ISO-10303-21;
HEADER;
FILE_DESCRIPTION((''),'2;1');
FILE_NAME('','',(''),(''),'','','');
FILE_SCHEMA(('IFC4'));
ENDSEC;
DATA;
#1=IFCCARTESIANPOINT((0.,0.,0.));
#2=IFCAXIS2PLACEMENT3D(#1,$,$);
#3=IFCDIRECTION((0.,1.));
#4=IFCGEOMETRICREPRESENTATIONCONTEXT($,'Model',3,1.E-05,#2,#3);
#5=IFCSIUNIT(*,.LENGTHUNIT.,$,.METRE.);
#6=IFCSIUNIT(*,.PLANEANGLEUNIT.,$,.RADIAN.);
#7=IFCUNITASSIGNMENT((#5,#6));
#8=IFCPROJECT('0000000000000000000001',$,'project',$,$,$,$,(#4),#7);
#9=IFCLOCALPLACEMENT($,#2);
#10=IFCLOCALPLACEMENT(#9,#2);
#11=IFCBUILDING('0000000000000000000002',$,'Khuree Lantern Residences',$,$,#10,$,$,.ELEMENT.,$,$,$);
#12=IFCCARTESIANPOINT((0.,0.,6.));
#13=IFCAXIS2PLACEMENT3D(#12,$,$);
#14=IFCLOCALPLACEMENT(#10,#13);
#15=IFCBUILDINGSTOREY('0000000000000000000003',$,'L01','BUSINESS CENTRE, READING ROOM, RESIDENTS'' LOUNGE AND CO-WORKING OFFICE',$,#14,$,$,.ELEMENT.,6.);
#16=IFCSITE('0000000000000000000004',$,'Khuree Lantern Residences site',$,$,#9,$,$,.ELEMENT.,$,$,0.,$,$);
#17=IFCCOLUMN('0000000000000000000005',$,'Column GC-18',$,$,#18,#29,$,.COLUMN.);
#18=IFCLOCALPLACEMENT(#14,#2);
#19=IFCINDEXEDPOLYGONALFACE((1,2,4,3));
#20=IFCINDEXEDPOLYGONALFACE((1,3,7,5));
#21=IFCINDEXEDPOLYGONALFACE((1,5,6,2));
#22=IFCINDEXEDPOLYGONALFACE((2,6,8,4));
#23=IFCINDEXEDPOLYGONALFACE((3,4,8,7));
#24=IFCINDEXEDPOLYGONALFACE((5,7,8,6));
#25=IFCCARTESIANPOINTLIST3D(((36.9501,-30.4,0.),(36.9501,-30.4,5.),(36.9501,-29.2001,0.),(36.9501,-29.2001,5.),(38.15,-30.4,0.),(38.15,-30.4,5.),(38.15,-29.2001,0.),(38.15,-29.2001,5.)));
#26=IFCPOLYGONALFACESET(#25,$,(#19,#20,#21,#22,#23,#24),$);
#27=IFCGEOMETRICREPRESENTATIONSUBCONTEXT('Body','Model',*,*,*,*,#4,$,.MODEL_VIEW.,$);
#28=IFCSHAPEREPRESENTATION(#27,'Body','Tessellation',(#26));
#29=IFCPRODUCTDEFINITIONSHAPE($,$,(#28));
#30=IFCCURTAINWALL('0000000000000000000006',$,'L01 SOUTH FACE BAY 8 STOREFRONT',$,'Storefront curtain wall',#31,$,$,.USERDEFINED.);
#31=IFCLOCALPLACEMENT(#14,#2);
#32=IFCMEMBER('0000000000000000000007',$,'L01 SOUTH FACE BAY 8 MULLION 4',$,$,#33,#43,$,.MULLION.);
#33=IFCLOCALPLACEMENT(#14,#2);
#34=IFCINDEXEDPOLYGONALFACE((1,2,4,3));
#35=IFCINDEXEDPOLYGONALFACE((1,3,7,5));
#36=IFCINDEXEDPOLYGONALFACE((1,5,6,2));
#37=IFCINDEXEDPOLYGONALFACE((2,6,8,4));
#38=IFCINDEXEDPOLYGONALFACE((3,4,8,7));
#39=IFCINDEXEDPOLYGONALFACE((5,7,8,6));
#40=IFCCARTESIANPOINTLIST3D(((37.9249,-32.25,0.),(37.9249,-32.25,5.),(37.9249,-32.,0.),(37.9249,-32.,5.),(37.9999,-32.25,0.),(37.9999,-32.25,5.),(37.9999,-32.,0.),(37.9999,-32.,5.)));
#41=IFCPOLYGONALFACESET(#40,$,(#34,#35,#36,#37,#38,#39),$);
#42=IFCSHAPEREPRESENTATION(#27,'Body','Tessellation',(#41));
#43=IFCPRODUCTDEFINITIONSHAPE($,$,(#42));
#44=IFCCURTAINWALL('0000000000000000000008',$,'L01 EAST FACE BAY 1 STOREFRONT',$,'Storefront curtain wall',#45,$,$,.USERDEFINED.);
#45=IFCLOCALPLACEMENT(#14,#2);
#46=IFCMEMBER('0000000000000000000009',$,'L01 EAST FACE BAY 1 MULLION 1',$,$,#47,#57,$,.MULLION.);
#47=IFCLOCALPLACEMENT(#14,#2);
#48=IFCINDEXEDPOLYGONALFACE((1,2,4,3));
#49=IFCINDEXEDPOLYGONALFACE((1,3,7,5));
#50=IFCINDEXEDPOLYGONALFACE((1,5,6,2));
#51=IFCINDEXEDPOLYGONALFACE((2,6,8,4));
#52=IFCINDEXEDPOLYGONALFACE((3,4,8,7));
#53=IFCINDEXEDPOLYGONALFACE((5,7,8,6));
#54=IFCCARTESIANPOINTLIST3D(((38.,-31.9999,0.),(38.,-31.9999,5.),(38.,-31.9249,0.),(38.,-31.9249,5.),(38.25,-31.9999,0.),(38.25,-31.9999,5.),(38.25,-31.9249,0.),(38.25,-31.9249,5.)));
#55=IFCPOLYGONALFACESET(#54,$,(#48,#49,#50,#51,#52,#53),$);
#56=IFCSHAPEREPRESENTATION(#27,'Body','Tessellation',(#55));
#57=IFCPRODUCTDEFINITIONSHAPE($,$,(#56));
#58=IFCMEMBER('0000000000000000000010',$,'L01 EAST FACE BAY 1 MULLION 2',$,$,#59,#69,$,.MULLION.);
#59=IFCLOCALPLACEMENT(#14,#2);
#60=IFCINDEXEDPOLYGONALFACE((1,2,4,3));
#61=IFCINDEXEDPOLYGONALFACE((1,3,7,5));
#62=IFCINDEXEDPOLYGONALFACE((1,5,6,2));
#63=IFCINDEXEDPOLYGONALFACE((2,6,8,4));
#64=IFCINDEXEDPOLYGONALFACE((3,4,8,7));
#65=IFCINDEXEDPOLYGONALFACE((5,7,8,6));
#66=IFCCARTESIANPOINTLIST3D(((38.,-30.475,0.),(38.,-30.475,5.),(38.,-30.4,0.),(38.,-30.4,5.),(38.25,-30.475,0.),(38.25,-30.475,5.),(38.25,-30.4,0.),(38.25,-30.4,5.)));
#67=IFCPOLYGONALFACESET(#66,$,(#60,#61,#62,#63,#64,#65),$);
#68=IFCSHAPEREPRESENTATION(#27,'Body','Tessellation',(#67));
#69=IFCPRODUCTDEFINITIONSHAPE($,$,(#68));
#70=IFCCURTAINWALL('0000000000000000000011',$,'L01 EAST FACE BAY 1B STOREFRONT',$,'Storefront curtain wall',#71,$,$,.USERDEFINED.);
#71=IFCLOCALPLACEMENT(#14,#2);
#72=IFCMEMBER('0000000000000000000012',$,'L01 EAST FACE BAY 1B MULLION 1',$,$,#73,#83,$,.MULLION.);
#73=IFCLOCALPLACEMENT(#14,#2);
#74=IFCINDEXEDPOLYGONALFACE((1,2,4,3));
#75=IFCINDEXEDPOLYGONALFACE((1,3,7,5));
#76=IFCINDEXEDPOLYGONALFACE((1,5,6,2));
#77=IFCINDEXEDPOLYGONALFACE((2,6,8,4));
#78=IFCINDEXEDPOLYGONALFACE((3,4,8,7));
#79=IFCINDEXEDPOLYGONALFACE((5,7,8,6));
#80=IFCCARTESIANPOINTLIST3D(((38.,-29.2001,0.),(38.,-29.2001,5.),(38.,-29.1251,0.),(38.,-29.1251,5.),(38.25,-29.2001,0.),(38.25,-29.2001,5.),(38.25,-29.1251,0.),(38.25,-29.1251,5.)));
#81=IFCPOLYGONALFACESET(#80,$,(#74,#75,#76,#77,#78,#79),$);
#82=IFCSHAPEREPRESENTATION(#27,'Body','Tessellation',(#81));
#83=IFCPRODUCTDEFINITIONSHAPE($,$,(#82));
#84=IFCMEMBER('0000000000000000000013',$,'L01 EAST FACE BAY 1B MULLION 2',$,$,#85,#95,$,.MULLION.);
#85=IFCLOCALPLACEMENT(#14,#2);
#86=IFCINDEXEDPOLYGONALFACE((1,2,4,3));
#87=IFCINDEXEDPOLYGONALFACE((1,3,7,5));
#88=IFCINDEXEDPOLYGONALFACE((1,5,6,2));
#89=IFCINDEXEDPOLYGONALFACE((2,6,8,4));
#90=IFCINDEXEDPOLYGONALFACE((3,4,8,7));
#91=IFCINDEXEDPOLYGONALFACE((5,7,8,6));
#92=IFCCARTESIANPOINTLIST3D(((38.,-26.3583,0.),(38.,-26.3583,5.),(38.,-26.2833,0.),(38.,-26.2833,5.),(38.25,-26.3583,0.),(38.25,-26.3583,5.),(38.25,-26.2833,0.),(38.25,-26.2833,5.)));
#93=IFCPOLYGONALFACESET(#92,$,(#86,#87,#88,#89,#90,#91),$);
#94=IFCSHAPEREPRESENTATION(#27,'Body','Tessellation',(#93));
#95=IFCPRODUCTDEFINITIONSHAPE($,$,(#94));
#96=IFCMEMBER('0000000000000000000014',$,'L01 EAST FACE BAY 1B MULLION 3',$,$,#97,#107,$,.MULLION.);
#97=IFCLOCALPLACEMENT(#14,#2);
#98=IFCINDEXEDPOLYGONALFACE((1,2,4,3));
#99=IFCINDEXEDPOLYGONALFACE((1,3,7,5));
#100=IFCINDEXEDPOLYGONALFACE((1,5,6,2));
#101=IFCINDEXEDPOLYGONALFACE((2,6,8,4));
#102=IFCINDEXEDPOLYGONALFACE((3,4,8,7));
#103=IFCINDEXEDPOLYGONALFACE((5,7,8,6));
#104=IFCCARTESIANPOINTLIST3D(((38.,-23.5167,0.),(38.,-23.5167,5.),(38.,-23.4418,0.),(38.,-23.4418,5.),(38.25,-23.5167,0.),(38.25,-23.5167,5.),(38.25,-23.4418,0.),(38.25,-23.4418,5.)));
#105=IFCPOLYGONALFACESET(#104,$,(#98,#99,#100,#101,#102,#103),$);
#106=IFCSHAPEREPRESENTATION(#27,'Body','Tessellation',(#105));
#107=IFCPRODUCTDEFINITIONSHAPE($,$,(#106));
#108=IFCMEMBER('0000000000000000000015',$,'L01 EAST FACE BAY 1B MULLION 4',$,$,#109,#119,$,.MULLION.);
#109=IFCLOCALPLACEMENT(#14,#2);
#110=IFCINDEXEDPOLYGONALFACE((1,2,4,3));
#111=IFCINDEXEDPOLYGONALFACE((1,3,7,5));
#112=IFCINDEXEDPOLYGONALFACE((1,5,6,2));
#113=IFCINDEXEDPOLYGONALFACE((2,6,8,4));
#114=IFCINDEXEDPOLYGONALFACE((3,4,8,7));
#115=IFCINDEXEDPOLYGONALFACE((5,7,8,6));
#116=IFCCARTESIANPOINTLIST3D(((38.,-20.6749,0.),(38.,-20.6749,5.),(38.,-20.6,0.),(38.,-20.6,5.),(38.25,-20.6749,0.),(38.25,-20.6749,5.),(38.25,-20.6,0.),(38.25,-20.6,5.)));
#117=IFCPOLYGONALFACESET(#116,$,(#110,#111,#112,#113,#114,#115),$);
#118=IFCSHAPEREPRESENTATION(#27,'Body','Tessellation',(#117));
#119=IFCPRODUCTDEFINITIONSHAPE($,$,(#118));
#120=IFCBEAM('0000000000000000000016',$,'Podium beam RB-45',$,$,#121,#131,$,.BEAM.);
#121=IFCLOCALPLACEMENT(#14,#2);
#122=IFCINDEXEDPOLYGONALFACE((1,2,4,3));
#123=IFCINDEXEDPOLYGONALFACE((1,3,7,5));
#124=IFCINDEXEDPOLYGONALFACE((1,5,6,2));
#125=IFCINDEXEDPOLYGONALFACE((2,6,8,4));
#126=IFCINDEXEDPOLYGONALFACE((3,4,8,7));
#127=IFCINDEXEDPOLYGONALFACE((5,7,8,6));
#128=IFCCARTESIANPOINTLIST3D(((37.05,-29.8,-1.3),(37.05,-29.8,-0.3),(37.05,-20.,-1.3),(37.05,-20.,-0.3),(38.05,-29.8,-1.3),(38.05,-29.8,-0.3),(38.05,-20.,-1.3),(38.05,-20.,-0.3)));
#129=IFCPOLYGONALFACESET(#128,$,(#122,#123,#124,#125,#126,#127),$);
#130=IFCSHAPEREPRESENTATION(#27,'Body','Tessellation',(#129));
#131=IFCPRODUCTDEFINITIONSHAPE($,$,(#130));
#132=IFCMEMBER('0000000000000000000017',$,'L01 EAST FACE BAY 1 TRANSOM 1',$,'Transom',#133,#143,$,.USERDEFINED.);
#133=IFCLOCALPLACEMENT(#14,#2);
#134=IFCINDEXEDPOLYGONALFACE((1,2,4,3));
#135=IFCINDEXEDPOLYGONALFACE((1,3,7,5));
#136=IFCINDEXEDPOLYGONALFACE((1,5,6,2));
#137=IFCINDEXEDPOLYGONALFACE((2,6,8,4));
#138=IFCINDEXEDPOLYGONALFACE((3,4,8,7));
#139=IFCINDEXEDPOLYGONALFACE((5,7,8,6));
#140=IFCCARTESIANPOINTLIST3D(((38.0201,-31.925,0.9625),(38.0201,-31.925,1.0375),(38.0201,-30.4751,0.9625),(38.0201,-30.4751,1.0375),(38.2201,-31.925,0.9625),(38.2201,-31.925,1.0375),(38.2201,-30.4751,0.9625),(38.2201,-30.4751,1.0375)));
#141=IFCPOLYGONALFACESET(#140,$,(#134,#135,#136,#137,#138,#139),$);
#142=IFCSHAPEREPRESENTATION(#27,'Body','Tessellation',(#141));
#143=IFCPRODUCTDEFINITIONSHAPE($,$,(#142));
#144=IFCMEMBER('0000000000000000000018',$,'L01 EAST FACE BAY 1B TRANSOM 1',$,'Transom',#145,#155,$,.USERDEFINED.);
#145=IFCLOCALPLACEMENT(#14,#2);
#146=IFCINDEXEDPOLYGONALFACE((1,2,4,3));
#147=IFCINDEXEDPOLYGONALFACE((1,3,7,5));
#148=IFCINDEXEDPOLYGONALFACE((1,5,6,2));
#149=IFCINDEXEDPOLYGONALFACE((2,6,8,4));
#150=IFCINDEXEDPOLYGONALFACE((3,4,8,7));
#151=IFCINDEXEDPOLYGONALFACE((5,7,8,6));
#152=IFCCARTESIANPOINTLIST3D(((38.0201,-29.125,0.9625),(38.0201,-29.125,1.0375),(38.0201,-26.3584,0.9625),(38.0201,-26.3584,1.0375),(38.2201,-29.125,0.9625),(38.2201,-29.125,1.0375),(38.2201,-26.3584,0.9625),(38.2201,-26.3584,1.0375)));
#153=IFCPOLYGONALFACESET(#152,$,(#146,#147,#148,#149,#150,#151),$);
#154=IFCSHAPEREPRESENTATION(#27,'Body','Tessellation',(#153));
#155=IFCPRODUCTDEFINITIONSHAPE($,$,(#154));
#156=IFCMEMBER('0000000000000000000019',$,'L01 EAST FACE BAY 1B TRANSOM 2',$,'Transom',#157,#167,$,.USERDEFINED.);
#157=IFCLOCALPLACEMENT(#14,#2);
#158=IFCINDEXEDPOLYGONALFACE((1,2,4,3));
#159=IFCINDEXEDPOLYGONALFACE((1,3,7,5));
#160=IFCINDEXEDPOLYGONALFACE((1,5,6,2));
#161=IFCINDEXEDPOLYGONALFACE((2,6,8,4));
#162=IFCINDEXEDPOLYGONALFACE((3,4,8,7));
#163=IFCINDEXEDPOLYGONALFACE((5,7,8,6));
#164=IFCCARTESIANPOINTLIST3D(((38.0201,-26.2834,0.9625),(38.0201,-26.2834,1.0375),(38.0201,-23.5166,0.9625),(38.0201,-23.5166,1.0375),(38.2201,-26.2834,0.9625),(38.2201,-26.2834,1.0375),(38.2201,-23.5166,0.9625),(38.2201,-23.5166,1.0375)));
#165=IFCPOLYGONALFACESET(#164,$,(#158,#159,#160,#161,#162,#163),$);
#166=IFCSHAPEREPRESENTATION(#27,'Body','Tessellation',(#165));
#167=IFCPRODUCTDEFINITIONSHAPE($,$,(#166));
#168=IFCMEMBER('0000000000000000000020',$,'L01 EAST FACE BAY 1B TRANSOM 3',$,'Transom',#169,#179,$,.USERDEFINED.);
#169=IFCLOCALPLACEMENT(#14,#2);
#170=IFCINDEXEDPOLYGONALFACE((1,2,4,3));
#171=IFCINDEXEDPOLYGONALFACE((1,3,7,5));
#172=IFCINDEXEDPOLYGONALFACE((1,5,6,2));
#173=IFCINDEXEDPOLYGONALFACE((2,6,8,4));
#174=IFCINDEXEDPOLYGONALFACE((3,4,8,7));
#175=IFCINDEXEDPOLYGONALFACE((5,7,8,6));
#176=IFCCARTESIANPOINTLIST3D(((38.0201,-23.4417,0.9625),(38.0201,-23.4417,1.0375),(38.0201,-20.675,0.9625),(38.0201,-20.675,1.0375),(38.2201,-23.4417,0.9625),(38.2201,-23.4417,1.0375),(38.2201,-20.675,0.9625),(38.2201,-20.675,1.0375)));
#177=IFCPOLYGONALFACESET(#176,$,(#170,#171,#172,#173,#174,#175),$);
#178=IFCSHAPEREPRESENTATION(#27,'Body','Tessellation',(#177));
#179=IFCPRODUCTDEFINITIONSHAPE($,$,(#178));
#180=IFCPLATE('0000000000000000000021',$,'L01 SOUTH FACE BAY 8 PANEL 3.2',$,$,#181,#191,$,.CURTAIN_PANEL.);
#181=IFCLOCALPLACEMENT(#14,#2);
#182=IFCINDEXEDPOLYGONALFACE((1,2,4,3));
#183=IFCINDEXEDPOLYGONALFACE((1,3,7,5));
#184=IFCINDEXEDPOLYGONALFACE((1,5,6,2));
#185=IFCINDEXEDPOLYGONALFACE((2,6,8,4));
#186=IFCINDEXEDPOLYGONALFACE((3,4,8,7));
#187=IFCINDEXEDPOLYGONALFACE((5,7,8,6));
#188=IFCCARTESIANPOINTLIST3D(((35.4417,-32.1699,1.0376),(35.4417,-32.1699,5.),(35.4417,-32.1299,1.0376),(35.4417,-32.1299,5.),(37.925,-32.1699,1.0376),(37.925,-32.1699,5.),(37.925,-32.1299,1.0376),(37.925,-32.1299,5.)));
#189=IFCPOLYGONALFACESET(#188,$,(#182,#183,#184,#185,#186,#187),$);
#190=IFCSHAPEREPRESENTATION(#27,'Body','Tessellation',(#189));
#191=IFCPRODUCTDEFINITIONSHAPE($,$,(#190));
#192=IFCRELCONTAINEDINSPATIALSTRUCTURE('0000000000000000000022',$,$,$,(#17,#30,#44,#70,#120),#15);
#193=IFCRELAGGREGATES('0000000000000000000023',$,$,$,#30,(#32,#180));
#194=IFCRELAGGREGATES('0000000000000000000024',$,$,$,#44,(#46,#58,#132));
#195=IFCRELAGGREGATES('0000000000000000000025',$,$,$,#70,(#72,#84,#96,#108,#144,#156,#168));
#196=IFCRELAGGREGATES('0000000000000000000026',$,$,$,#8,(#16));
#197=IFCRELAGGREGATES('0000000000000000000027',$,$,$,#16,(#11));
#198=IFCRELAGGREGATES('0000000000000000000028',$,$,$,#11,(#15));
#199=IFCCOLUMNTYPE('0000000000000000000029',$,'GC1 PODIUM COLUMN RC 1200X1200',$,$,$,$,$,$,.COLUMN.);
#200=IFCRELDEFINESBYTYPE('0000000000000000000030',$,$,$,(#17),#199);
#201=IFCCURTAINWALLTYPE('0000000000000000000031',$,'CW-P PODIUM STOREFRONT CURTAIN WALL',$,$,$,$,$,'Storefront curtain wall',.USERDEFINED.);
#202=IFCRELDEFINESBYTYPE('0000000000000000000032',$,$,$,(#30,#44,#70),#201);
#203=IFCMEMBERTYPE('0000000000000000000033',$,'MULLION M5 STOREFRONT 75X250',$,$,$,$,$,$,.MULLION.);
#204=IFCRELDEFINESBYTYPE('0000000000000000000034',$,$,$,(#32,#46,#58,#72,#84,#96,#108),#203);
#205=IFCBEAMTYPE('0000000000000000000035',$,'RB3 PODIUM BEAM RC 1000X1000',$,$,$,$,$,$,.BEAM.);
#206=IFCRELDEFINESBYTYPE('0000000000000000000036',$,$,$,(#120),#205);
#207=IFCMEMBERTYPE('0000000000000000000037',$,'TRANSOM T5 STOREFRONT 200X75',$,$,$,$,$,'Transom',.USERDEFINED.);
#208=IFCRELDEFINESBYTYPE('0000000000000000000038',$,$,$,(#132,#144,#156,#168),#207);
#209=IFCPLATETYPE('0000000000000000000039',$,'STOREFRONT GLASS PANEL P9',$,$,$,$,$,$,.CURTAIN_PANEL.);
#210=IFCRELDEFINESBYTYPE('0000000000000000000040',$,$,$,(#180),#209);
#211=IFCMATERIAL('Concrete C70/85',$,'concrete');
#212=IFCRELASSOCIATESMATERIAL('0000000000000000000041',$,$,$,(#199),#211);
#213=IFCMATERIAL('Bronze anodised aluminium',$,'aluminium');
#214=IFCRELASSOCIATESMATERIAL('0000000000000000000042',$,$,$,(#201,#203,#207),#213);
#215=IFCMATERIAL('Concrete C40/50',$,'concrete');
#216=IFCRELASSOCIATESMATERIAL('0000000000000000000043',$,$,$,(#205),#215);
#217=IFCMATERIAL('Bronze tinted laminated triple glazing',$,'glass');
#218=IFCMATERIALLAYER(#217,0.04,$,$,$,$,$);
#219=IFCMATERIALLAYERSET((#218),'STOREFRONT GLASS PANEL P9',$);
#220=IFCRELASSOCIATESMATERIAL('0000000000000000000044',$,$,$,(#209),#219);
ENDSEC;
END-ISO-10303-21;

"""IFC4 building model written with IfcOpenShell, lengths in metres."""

from ifc_helpers import new_model, si_unit, direction, frame, origin, origin_2d, place, context, subcontext, project, spatial, rectangle, extrude, material, layer, layer_set, material_profile, profile_set, type_object, element, aggregate, save


model = new_model("IFC4")

# Units and contexts
model_context = context("Model", 3, precision=1e-05, world=origin(), true_north=direction((0.0, 1.0)))
body_context = subcontext(model_context, "Body", "Model", "MODEL_VIEW")
ifc_project = project(units=[si_unit("LENGTHUNIT", "METRE"), si_unit("PLANEANGLEUNIT", "RADIAN")], contexts=[model_context])

# Site, building, storey
site_placement = place(None, origin())
site = spatial("IfcSite", under=ifc_project, at=site_placement, Name="Khuree Lantern Residences site", CompositionType="ELEMENT", RefElevation=0.0)
building_placement = place(site_placement, origin())
building = spatial("IfcBuilding", under=site, at=building_placement, Name="Khuree Lantern Residences", CompositionType="ELEMENT")
storey_placement = place(building_placement, frame((0.0, 0.0, 6.0)))
storey = spatial("IfcBuildingStorey", under=building, at=storey_placement, Name="L01", Description="BUSINESS CENTRE, READING ROOM, RESIDENTS' LOUNGE AND CO-WORKING OFFICE", CompositionType="ELEMENT", Elevation=6.0)

# Column
ifc_material_1 = material(Name="Concrete C70/85", Category="concrete")
ifc_material_profile_1 = material_profile(ifc_material_1, rectangle(XDim=1.2, YDim=1.2, at=origin_2d()), Name="RC 1200X1200")
ifc_profile_set_1 = profile_set([ifc_material_profile_1], Name="Concrete C70/85")
column_type = type_object("IfcColumnType", Name="GC1 PODIUM COLUMN RC 1200X1200", PredefinedType="COLUMN", material=ifc_profile_set_1)
column_placement = place(storey_placement, frame((37.55, -29.8, 0.0), z_axis=(0.0, 0.0, 1.0), x_axis=(1.0, 0.0, 0.0)))
element("IfcColumn", 1, at=column_placement, inside=storey, type_object=column_type, Name="Column GC-18", PredefinedType="COLUMN", context=body_context, shape_type="SweptSolid", body=[
    extrude(rectangle(XDim=1.2, YDim=1.2, at=origin_2d()), origin(), (0.0, 0.0, 1.0), 5.0),
])

# Curtain wall, member
ifc_material_2 = material(Name="Bronze anodised aluminium", Category="aluminium")
curtain_wall_type = type_object("IfcCurtainWallType", Name="CW-P PODIUM STOREFRONT CURTAIN WALL", ElementType="Storefront curtain wall", PredefinedType="USERDEFINED", material=ifc_material_2)
curtain_wall_1_placement = place(storey_placement, origin())
curtain_wall_1 = element("IfcCurtainWall", 2, at=curtain_wall_1_placement, inside=storey, type_object=curtain_wall_type, Name="L01 SOUTH FACE BAY 8 STOREFRONT", ObjectType="Storefront curtain wall", PredefinedType="USERDEFINED")
ifc_material_profile_2 = material_profile(ifc_material_2, rectangle(XDim=0.075, YDim=0.25, at=origin_2d()), Name="M5 75X250")
ifc_profile_set_2 = profile_set([ifc_material_profile_2], Name="Bronze anodised aluminium")
member_type_1 = type_object("IfcMemberType", Name="MULLION M5 STOREFRONT 75X250", PredefinedType="MULLION", material=ifc_profile_set_2)
member_1_placement = place(storey_placement, frame((37.9624, -32.125, 0.0), z_axis=(0.0, 0.0, 1.0), x_axis=(1.0, 0.0, 0.0)))
member_1 = element("IfcMember", 3, at=member_1_placement, type_object=member_type_1, Name="L01 SOUTH FACE BAY 8 MULLION 4", PredefinedType="MULLION", context=body_context, shape_type="SweptSolid", body=[
    extrude(rectangle(XDim=0.075, YDim=0.25, at=origin_2d()), origin(), (0.0, 0.0, 1.0), 5.0),
])

# Curtain walls, members
curtain_wall_2_placement = place(storey_placement, origin())
curtain_wall_2 = element("IfcCurtainWall", 4, at=curtain_wall_2_placement, inside=storey, type_object=curtain_wall_type, Name="L01 EAST FACE BAY 1 STOREFRONT", ObjectType="Storefront curtain wall", PredefinedType="USERDEFINED")
member_2_placement = place(storey_placement, frame((38.125, -31.9624, 0.0), z_axis=(0.0, 0.0, 1.0), x_axis=(0.0, 1.0, 0.0)))
member_2 = element("IfcMember", 5, at=member_2_placement, type_object=member_type_1, Name="L01 EAST FACE BAY 1 MULLION 1", PredefinedType="MULLION", context=body_context, shape_type="SweptSolid", body=[
    extrude(rectangle(XDim=0.075, YDim=0.25, at=origin_2d()), origin(), (0.0, 0.0, 1.0), 5.0),
])
member_3_placement = place(storey_placement, frame((38.125, -30.4375, 0.0), z_axis=(0.0, 0.0, 1.0), x_axis=(0.0, 1.0, 0.0)))
member_3 = element("IfcMember", 6, at=member_3_placement, type_object=member_type_1, Name="L01 EAST FACE BAY 1 MULLION 2", PredefinedType="MULLION", context=body_context, shape_type="SweptSolid", body=[
    extrude(rectangle(XDim=0.075, YDim=0.25, at=origin_2d()), origin(), (0.0, 0.0, 1.0), 5.0),
])
curtain_wall_3_placement = place(storey_placement, origin())
curtain_wall_3 = element("IfcCurtainWall", 7, at=curtain_wall_3_placement, inside=storey, type_object=curtain_wall_type, Name="L01 EAST FACE BAY 1B STOREFRONT", ObjectType="Storefront curtain wall", PredefinedType="USERDEFINED")
member_4_placement = place(storey_placement, frame((38.125, -29.1626, 0.0), z_axis=(0.0, 0.0, 1.0), x_axis=(0.0, 1.0, 0.0)))
member_4 = element("IfcMember", 8, at=member_4_placement, type_object=member_type_1, Name="L01 EAST FACE BAY 1B MULLION 1", PredefinedType="MULLION", context=body_context, shape_type="SweptSolid", body=[
    extrude(rectangle(XDim=0.075, YDim=0.25, at=origin_2d()), origin(), (0.0, 0.0, 1.0), 5.0),
])
member_5_placement = place(storey_placement, frame((38.125, -26.3208, 0.0), z_axis=(0.0, 0.0, 1.0), x_axis=(0.0, 1.0, 0.0)))
member_5 = element("IfcMember", 9, at=member_5_placement, type_object=member_type_1, Name="L01 EAST FACE BAY 1B MULLION 2", PredefinedType="MULLION", context=body_context, shape_type="SweptSolid", body=[
    extrude(rectangle(XDim=0.075, YDim=0.25, at=origin_2d()), origin(), (0.0, 0.0, 1.0), 5.0),
])
member_6_placement = place(storey_placement, frame((38.125, -23.4792, 0.0), z_axis=(0.0, 0.0, 1.0), x_axis=(0.0, 1.0, 0.0)))
member_6 = element("IfcMember", 10, at=member_6_placement, type_object=member_type_1, Name="L01 EAST FACE BAY 1B MULLION 3", PredefinedType="MULLION", context=body_context, shape_type="SweptSolid", body=[
    extrude(rectangle(XDim=0.075, YDim=0.25, at=origin_2d()), origin(), (0.0, 0.0, 1.0), 5.0),
])
member_7_placement = place(storey_placement, frame((38.125, -20.6375, 0.0), z_axis=(0.0, 0.0, 1.0), x_axis=(0.0, 1.0, 0.0)))
member_7 = element("IfcMember", 11, at=member_7_placement, type_object=member_type_1, Name="L01 EAST FACE BAY 1B MULLION 4", PredefinedType="MULLION", context=body_context, shape_type="SweptSolid", body=[
    extrude(rectangle(XDim=0.075, YDim=0.25, at=origin_2d()), origin(), (0.0, 0.0, 1.0), 5.0),
])

# Beam
ifc_material_3 = material(Name="Concrete C40/50", Category="concrete")
ifc_material_profile_3 = material_profile(ifc_material_3, rectangle(XDim=1.0, YDim=1.0, at=origin_2d()), Name="RC 1000X1000")
ifc_profile_set_3 = profile_set([ifc_material_profile_3], Name="Concrete C40/50")
beam_type = type_object("IfcBeamType", Name="RB3 PODIUM BEAM RC 1000X1000", PredefinedType="BEAM", material=ifc_profile_set_3)
beam_placement = place(storey_placement, frame((37.55, -29.8, -0.8), z_axis=(0.0, 1.0, 0.0), x_axis=(-1.0, 0.0, 0.0)))
element("IfcBeam", 12, at=beam_placement, inside=storey, type_object=beam_type, Name="Podium beam RB-45", PredefinedType="BEAM", context=body_context, shape_type="SweptSolid", body=[
    extrude(rectangle(XDim=1.0, YDim=1.0, at=origin_2d()), origin(), (0.0, 0.0, 1.0), 9.8),
])

# Members
ifc_material_profile_4 = material_profile(ifc_material_2, rectangle(XDim=0.2, YDim=0.075, at=origin_2d()), Name="T5 200X75")
ifc_profile_set_4 = profile_set([ifc_material_profile_4], Name="Bronze anodised aluminium")
member_type_2 = type_object("IfcMemberType", Name="TRANSOM T5 STOREFRONT 200X75", ElementType="Transom", PredefinedType="USERDEFINED", material=ifc_profile_set_4)
member_8_placement = place(storey_placement, frame((38.1201, -31.925, 1.0), z_axis=(0.0, 1.0, 0.0), x_axis=(-1.0, 0.0, 0.0)))
member_8 = element("IfcMember", 13, at=member_8_placement, type_object=member_type_2, Name="L01 EAST FACE BAY 1 TRANSOM 1", ObjectType="Transom", PredefinedType="USERDEFINED", context=body_context, shape_type="SweptSolid", body=[
    extrude(rectangle(XDim=0.2, YDim=0.075, at=origin_2d()), origin(), (0.0, 0.0, 1.0), 1.45),
])
member_9_placement = place(storey_placement, frame((38.1201, -29.125, 1.0), z_axis=(0.0, 1.0, 0.0), x_axis=(-1.0, 0.0, 0.0)))
member_9 = element("IfcMember", 14, at=member_9_placement, type_object=member_type_2, Name="L01 EAST FACE BAY 1B TRANSOM 1", ObjectType="Transom", PredefinedType="USERDEFINED", context=body_context, shape_type="SweptSolid", body=[
    extrude(rectangle(XDim=0.2, YDim=0.075, at=origin_2d()), origin(), (0.0, 0.0, 1.0), 2.7666),
])
member_10_placement = place(storey_placement, frame((38.1201, -26.2834, 1.0), z_axis=(0.0, 1.0, 0.0), x_axis=(-1.0, 0.0, 0.0)))
member_10 = element("IfcMember", 15, at=member_10_placement, type_object=member_type_2, Name="L01 EAST FACE BAY 1B TRANSOM 2", ObjectType="Transom", PredefinedType="USERDEFINED", context=body_context, shape_type="SweptSolid", body=[
    extrude(rectangle(XDim=0.2, YDim=0.075, at=origin_2d()), origin(), (0.0, 0.0, 1.0), 2.7668),
])
member_11_placement = place(storey_placement, frame((38.1201, -23.4417, 1.0), z_axis=(0.0, 1.0, 0.0), x_axis=(-1.0, 0.0, 0.0)))
member_11 = element("IfcMember", 16, at=member_11_placement, type_object=member_type_2, Name="L01 EAST FACE BAY 1B TRANSOM 3", ObjectType="Transom", PredefinedType="USERDEFINED", context=body_context, shape_type="SweptSolid", body=[
    extrude(rectangle(XDim=0.2, YDim=0.075, at=origin_2d()), origin(), (0.0, 0.0, 1.0), 2.7666),
])

# Plate
ifc_material_4 = material(Name="Bronze tinted laminated triple glazing", Category="glass")
ifc_layer_1 = layer(ifc_material_4, 0.04)
ifc_layer_set_1 = layer_set([ifc_layer_1], Name="STOREFRONT GLASS PANEL P9")
plate_type_1 = type_object("IfcPlateType", Name="STOREFRONT GLASS PANEL P9", PredefinedType="CURTAIN_PANEL", material=ifc_layer_set_1)
plate_1_placement = place(storey_placement, frame((36.6833, -32.1499, 1.0376), z_axis=(0.0, 0.0, 1.0), x_axis=(1.0, 0.0, 0.0)))
plate_1 = element("IfcPlate", 17, at=plate_1_placement, type_object=plate_type_1, Name="L01 SOUTH FACE BAY 8 PANEL 3.2", PredefinedType="CURTAIN_PANEL", context=body_context, shape_type="SweptSolid", body=[
    extrude(rectangle(XDim=2.4834, YDim=0.04, at=origin_2d()), origin(), (0.0, 0.0, 1.0), 3.9624),
])
aggregate(curtain_wall_1, [member_1, plate_1])
aggregate(curtain_wall_2, [member_2, member_3, member_8])
aggregate(curtain_wall_3, [member_4, member_5, member_6, member_7, member_9, member_10, member_11])

save(model, "model.ifc")
